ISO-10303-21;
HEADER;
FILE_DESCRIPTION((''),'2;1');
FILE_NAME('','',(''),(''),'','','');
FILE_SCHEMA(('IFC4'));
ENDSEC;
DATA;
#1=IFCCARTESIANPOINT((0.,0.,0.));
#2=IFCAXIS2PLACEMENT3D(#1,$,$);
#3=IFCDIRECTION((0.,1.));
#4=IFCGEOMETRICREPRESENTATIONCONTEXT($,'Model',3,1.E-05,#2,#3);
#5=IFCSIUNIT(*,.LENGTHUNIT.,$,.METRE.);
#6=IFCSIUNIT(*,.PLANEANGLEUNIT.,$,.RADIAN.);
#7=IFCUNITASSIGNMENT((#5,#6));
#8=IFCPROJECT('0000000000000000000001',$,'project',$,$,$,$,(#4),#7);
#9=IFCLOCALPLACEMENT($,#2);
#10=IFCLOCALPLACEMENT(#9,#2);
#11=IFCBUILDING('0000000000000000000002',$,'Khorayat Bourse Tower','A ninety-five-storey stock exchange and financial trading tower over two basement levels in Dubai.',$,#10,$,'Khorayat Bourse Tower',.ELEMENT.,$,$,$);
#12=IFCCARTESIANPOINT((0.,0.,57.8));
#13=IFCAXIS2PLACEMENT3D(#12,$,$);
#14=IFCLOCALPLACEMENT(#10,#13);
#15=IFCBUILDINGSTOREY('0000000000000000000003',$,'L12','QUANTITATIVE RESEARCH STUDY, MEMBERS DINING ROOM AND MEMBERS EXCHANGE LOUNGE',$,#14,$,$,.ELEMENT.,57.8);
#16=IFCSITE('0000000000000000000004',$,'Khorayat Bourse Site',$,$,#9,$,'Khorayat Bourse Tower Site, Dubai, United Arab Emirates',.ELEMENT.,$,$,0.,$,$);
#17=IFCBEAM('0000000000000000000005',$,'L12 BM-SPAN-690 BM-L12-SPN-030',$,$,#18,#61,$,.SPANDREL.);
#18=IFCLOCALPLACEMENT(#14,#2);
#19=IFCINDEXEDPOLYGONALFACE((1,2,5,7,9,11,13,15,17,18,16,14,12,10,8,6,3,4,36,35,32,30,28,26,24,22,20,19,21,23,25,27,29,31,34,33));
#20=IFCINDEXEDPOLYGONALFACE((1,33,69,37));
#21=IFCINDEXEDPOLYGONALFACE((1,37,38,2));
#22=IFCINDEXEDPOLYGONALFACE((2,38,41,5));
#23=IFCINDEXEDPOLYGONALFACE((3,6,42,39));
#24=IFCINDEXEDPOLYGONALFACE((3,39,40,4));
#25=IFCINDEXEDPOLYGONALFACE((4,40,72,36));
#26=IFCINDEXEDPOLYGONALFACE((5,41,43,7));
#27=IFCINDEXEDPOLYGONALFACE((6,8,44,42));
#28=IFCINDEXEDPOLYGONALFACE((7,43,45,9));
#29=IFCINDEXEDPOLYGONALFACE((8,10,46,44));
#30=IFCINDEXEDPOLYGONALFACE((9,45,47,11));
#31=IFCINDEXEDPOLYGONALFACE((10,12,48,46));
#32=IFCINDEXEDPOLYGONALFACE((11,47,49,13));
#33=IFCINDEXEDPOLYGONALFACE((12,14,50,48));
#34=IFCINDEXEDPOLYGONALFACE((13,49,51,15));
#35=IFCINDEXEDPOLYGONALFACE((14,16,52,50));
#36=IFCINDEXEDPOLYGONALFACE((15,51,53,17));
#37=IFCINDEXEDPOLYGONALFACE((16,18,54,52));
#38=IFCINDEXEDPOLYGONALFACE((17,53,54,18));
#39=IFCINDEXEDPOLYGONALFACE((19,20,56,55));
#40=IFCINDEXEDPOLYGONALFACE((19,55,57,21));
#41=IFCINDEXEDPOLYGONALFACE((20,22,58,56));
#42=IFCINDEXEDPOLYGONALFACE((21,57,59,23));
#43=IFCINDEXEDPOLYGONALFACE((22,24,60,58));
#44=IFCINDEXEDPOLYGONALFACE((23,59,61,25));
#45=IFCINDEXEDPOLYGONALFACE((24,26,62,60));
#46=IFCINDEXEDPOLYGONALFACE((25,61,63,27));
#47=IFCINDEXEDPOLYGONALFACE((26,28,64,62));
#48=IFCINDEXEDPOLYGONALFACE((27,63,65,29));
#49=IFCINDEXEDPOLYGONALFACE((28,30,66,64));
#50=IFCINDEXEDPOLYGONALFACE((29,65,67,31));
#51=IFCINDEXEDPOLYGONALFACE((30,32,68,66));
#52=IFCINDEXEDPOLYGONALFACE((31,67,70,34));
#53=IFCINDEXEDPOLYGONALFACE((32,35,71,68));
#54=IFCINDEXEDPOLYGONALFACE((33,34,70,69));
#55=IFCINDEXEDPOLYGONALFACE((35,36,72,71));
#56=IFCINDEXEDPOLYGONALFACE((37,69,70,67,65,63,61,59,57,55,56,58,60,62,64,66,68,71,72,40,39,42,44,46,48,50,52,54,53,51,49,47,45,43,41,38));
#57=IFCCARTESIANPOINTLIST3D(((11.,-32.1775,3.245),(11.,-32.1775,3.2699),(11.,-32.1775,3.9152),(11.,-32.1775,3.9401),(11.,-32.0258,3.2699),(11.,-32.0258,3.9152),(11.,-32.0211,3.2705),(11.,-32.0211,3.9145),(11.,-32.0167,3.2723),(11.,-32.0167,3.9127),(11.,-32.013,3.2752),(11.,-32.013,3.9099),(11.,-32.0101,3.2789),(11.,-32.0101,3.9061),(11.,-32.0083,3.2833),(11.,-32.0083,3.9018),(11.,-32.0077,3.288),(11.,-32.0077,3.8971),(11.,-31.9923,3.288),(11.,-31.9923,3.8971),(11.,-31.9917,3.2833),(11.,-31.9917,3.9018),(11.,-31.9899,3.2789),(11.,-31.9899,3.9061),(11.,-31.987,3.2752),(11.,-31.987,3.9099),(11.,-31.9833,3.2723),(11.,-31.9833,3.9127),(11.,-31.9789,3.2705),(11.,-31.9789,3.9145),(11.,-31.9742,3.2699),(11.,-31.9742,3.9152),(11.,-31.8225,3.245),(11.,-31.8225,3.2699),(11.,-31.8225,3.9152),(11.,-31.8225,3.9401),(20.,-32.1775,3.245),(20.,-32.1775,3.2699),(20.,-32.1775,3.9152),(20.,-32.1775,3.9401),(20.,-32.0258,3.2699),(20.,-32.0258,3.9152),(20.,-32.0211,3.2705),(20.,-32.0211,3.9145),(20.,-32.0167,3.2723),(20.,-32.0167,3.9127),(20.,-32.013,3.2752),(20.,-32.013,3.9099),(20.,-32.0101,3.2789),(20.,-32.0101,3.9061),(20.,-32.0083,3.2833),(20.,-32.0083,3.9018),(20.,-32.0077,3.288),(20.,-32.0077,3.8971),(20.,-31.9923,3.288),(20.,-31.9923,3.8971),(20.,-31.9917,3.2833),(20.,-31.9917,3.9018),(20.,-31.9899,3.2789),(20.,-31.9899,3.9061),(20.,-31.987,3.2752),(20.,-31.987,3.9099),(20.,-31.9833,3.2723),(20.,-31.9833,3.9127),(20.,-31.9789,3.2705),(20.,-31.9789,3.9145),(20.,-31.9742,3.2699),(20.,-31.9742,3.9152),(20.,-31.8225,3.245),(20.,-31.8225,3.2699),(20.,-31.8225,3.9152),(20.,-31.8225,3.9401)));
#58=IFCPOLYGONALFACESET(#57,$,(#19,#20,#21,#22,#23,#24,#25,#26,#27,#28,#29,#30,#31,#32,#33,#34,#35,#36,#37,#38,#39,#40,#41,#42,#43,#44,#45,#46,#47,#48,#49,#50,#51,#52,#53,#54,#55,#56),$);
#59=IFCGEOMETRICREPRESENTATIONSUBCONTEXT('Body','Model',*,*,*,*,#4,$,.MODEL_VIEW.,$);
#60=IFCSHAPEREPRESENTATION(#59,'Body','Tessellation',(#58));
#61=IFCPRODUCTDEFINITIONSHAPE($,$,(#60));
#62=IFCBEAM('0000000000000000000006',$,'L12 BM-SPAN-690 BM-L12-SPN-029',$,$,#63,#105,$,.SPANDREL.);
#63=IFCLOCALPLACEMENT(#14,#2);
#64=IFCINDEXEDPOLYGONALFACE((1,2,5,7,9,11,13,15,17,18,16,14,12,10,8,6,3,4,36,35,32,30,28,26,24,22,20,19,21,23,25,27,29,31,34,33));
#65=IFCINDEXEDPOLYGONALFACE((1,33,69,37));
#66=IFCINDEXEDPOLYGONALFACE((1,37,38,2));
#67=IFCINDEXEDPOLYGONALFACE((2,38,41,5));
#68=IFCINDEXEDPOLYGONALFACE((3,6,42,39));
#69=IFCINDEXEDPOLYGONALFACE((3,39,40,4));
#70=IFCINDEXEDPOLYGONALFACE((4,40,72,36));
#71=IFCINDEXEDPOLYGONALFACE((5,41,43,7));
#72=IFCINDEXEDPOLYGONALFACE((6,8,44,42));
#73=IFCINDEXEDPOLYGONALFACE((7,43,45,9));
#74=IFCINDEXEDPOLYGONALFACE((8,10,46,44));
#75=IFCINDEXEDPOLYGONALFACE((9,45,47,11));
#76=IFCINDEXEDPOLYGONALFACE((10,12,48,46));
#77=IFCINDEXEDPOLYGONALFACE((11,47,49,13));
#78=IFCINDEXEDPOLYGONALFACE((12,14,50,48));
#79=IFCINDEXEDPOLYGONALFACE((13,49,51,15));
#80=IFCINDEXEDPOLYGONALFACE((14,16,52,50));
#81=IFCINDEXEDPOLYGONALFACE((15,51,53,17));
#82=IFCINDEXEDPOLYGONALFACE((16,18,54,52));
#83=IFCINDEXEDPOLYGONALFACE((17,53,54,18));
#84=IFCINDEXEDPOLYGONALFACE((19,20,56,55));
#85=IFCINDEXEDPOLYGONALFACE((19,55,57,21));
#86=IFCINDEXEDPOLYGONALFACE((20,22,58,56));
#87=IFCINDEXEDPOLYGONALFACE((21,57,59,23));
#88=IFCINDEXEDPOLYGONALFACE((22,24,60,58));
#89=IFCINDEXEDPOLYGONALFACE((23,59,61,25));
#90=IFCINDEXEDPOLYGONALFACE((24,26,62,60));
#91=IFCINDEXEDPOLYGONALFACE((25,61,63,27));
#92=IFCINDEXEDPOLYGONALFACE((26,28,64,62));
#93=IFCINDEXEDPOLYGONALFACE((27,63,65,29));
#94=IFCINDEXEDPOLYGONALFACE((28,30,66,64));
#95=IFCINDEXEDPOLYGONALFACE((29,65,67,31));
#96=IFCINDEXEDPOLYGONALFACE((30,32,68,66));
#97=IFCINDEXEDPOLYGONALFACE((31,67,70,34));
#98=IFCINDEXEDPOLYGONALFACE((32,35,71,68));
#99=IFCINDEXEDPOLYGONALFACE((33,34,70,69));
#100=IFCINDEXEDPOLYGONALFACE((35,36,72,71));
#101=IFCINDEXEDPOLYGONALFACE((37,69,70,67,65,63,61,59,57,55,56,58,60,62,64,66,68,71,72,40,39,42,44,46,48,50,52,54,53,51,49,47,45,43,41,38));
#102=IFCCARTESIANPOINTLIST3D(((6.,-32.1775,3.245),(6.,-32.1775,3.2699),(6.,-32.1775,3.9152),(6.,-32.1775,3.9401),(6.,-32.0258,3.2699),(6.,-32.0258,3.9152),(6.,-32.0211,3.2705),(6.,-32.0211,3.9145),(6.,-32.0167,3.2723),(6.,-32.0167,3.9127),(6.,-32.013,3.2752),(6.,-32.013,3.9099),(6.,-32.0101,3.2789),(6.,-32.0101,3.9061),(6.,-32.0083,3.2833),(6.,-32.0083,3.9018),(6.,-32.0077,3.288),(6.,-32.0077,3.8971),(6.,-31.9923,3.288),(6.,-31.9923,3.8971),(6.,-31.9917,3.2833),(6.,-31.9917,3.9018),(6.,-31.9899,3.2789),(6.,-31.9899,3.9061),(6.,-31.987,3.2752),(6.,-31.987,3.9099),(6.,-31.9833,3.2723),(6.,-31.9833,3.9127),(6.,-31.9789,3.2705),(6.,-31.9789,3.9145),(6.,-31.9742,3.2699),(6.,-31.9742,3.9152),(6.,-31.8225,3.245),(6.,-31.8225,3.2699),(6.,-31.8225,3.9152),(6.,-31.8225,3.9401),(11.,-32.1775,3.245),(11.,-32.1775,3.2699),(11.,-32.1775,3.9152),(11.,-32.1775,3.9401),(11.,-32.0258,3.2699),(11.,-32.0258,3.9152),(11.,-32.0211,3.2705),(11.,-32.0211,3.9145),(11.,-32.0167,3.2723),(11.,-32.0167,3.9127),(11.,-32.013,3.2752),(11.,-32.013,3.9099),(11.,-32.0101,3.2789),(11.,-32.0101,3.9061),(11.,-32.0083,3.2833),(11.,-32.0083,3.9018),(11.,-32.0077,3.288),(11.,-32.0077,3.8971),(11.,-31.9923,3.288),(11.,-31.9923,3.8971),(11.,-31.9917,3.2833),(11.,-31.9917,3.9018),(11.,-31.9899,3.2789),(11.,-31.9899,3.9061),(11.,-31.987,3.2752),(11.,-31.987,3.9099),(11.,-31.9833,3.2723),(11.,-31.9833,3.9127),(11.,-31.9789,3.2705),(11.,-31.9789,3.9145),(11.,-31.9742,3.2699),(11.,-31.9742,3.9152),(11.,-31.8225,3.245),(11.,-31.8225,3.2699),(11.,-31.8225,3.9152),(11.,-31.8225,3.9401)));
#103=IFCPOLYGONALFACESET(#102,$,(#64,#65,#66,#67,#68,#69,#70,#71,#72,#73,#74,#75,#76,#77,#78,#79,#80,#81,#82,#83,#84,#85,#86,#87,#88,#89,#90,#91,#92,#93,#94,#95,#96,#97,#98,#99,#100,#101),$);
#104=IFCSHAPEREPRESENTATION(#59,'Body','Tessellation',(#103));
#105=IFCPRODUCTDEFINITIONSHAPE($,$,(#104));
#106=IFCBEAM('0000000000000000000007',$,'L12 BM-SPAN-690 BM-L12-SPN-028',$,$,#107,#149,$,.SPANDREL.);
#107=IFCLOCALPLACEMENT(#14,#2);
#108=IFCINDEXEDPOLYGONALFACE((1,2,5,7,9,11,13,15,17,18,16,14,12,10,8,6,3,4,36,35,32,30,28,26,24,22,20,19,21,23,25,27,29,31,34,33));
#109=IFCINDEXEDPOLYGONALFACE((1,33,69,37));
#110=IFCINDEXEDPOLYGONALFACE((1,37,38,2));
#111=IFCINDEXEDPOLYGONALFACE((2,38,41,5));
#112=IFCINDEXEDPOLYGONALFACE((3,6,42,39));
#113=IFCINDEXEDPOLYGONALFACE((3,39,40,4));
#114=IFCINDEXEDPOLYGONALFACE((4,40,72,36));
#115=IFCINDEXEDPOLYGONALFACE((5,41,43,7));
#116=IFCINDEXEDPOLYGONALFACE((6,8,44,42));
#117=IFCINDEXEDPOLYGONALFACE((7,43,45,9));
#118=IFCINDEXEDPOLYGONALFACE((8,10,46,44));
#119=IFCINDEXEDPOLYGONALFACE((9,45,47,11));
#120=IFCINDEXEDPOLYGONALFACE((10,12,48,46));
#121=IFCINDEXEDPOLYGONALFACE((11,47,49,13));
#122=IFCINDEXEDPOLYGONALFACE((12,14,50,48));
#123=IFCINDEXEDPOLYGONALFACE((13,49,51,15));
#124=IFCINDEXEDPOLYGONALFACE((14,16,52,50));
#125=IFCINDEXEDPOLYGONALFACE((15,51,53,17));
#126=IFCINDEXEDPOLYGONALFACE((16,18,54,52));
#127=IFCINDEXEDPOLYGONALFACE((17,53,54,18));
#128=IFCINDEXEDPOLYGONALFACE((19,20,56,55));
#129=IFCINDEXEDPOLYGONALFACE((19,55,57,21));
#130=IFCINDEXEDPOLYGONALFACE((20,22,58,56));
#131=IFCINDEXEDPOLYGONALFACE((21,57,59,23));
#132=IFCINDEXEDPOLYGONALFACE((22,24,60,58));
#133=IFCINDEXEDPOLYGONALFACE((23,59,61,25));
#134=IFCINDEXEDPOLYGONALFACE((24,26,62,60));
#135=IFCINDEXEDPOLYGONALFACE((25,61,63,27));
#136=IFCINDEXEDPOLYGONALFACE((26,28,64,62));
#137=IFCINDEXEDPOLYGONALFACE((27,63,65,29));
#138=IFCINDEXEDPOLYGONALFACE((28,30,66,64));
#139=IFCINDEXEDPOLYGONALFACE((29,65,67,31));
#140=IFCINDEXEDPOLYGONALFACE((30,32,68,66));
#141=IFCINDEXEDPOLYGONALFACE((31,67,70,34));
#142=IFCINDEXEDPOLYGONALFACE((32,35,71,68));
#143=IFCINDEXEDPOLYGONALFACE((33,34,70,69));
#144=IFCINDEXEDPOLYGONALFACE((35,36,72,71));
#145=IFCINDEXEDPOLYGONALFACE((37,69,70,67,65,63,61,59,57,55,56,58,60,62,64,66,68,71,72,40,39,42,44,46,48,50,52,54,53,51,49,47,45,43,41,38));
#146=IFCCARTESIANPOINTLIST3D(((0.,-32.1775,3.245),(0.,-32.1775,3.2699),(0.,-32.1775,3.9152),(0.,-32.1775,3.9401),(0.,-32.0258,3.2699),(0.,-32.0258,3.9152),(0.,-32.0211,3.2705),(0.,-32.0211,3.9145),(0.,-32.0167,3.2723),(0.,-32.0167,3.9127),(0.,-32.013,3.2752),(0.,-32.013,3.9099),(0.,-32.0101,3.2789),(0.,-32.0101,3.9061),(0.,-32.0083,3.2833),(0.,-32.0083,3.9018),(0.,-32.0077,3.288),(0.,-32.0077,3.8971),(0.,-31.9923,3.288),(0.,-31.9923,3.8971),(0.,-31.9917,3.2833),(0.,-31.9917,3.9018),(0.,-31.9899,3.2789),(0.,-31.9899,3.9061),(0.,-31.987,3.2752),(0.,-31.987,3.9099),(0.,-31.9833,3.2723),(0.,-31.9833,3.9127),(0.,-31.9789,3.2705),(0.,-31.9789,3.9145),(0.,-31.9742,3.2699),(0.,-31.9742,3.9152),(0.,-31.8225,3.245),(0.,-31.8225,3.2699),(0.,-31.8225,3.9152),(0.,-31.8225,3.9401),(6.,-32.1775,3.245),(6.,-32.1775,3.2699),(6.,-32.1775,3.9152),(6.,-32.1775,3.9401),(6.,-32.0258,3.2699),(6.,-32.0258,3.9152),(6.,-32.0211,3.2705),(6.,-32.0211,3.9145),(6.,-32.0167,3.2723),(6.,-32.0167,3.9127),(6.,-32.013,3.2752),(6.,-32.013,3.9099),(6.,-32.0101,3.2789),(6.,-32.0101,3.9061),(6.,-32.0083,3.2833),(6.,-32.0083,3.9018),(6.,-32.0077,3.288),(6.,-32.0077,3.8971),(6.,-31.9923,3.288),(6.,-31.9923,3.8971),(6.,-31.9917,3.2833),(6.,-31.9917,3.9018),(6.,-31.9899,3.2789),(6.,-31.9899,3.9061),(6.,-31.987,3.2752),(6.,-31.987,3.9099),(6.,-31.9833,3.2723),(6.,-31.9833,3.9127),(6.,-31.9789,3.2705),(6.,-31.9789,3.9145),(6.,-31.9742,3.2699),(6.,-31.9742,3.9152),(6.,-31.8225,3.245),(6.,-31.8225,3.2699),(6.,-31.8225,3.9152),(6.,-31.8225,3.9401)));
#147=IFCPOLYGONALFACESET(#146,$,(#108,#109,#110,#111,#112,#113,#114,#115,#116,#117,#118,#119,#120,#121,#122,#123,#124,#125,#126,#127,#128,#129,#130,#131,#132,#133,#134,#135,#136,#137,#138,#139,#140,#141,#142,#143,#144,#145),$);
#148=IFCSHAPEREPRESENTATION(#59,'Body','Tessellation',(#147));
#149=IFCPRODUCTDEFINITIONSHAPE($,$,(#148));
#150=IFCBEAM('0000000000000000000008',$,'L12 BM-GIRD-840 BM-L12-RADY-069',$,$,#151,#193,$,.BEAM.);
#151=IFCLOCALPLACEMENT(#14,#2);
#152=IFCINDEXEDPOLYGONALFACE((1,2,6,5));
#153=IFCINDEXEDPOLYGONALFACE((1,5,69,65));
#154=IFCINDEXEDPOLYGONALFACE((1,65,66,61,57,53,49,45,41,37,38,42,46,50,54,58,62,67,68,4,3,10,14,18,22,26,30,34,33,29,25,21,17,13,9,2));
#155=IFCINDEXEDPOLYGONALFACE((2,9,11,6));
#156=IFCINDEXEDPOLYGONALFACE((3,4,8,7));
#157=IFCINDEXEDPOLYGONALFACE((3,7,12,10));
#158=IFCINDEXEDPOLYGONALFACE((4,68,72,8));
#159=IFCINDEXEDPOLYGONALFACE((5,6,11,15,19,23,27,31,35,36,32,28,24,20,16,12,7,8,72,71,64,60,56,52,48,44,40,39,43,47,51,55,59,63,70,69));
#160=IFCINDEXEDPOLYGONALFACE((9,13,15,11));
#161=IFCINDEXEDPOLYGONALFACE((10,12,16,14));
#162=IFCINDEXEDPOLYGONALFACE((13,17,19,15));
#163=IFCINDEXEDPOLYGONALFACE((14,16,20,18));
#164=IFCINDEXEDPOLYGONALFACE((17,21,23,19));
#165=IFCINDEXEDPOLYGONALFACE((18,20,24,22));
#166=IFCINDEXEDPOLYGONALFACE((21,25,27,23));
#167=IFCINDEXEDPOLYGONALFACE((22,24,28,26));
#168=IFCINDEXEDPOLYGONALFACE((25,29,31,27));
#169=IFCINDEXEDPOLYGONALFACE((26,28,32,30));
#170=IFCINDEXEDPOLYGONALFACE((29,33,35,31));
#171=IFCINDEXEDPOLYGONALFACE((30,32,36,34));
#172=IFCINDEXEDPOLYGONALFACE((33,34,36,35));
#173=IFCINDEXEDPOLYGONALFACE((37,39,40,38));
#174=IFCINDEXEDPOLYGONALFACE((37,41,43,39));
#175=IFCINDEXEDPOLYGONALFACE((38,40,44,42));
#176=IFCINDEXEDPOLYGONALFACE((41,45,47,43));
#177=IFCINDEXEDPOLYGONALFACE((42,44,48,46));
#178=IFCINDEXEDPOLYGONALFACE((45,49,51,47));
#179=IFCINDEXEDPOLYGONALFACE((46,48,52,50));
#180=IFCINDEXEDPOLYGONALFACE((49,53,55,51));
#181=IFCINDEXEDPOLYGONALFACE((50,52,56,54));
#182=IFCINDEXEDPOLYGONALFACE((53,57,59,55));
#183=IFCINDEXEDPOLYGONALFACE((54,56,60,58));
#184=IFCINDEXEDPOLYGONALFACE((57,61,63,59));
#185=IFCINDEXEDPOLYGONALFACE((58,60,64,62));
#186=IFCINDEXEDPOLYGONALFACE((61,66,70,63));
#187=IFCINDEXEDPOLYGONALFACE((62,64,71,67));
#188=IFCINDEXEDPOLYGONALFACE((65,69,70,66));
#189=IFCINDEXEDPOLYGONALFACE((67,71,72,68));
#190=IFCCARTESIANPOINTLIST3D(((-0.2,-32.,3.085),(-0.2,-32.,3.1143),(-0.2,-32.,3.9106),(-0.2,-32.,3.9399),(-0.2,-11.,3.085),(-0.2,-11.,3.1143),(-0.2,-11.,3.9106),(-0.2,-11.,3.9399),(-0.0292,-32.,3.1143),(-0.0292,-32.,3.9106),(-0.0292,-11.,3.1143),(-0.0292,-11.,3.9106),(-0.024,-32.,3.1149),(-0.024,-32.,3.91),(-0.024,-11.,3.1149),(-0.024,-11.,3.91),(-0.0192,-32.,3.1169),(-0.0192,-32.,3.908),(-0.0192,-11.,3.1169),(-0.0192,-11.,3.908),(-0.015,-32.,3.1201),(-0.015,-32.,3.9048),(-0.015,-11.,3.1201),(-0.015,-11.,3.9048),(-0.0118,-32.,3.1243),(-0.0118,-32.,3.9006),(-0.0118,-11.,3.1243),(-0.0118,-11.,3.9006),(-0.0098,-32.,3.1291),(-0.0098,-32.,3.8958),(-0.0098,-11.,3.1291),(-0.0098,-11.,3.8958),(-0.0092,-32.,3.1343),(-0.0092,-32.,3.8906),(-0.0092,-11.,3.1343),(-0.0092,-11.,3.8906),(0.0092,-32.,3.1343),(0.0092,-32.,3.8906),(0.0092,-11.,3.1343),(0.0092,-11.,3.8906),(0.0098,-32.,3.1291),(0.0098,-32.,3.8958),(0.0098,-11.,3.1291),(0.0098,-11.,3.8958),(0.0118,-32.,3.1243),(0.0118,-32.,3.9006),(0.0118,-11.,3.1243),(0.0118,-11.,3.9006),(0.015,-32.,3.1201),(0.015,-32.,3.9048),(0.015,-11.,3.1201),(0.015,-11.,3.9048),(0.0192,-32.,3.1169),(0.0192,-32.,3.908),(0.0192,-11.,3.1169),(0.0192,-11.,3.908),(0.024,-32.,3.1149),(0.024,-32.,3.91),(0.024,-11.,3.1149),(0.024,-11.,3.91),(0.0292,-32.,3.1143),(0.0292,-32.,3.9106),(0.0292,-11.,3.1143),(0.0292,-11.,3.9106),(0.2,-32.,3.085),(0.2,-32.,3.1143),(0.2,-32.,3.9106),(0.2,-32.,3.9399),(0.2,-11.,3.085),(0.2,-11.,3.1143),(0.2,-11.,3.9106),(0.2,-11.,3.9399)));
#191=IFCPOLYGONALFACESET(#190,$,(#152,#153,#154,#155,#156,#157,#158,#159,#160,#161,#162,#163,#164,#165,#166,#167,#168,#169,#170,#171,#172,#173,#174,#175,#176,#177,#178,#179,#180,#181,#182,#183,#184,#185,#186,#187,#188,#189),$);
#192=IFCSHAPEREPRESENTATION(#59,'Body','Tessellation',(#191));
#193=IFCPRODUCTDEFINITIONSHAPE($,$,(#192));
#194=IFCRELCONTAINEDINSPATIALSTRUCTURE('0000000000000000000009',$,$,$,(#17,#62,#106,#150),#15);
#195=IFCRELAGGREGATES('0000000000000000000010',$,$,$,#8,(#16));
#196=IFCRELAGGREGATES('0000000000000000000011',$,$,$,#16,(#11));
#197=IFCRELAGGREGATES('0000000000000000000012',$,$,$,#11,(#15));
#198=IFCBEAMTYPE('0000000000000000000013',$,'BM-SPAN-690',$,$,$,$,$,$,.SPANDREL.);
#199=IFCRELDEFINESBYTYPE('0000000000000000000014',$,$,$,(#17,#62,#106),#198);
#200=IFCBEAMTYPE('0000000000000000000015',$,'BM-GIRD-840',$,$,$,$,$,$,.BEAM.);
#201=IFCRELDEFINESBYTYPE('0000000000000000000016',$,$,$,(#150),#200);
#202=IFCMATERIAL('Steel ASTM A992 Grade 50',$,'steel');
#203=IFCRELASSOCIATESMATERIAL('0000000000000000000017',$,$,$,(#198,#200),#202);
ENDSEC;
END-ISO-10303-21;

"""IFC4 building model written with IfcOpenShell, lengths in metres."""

from ifc_helpers import new_model, si_unit, direction, frame, origin, origin_2d, place, context, subcontext, project, spatial, i_section, extrude, source, transform, mapped, material, material_profile, profile_set, type_object, element, save


model = new_model("IFC4")

# Units and contexts
model_context = context("Model", 3, precision=1e-05, world=origin(), true_north=direction((0.0, 1.0)))
body_context = subcontext(model_context, "Body", "Model", "MODEL_VIEW")
ifc_project = project(units=[si_unit("LENGTHUNIT", "METRE"), si_unit("PLANEANGLEUNIT", "RADIAN")], contexts=[model_context])

# Site, building, storey
site_placement = place(None, origin())
site = spatial("IfcSite", under=ifc_project, at=site_placement, Name="Khorayat Bourse Site", LongName="Khorayat Bourse Tower Site, Dubai, United Arab Emirates", CompositionType="ELEMENT", RefElevation=0.0)
building_placement = place(site_placement, origin())
building = spatial("IfcBuilding", under=site, at=building_placement, Name="Khorayat Bourse Tower", Description="A ninety-five-storey stock exchange and financial trading tower over two basement levels in Dubai.", LongName="Khorayat Bourse Tower", CompositionType="ELEMENT")
storey_placement = place(building_placement, frame((0.0, 0.0, 57.8)))
storey = spatial("IfcBuildingStorey", under=building, at=storey_placement, Name="L12", Description="QUANTITATIVE RESEARCH STUDY, MEMBERS DINING ROOM AND MEMBERS EXCHANGE LOUNGE", CompositionType="ELEMENT", Elevation=57.8)

# Beams
ifc_material_1 = material(Name="Steel ASTM A992 Grade 50", Category="steel")
ifc_material_profile_1 = material_profile(ifc_material_1, i_section(OverallWidth=0.355, OverallDepth=0.6951, WebThickness=0.0154, FlangeThickness=0.0249, FilletRadius=0.0181, at=origin_2d()), Name="W690X217")
ifc_profile_set_1 = profile_set([ifc_material_profile_1], Name="Steel ASTM A992 Grade 50")
beam_type_1 = type_object("IfcBeamType", Name="BM-SPAN-690", PredefinedType="SPANDREL", material=ifc_profile_set_1)
shared_shape_1 = source(origin(), body_context, "Body", "SweptSolid", [
    extrude(i_section(OverallWidth=0.355, OverallDepth=0.6951, WebThickness=0.0154, FlangeThickness=0.0249, FilletRadius=0.0181, at=origin_2d()), origin(), (0.0, 0.0, 1.0), 9.0),
])
beam_1_placement = place(storey_placement, frame((11.0, -32.0, 3.5925), z_axis=(1.0, 0.0, 0.0), x_axis=(0.0, 1.0, 0.0)))
element("IfcBeam", 1, at=beam_1_placement, inside=storey, type_object=beam_type_1, Name="L12 BM-SPAN-690 BM-L12-SPN-030", PredefinedType="SPANDREL", context=body_context, shape_type="MappedRepresentation", body=[
    mapped(shared_shape_1, transform((0.0, 0.0, 0.0), scale=1.0)),
])
shared_shape_2 = source(origin(), body_context, "Body", "SweptSolid", [
    extrude(i_section(OverallWidth=0.355, OverallDepth=0.6951, WebThickness=0.0154, FlangeThickness=0.0249, FilletRadius=0.0181, at=origin_2d()), origin(), (0.0, 0.0, 1.0), 5.0),
])
beam_2_placement = place(storey_placement, frame((6.0, -32.0, 3.5925), z_axis=(1.0, 0.0, 0.0), x_axis=(0.0, 1.0, 0.0)))
element("IfcBeam", 2, at=beam_2_placement, inside=storey, type_object=beam_type_1, Name="L12 BM-SPAN-690 BM-L12-SPN-029", PredefinedType="SPANDREL", context=body_context, shape_type="MappedRepresentation", body=[
    mapped(shared_shape_2, transform((0.0, 0.0, 0.0), scale=1.0)),
])
shared_shape_3 = source(origin(), body_context, "Body", "SweptSolid", [
    extrude(i_section(OverallWidth=0.355, OverallDepth=0.6951, WebThickness=0.0154, FlangeThickness=0.0249, FilletRadius=0.0181, at=origin_2d()), origin(), (0.0, 0.0, 1.0), 6.0),
])
beam_3_placement = place(storey_placement, frame((0.0, -32.0, 3.5925), z_axis=(1.0, 0.0, 0.0), x_axis=(0.0, 1.0, 0.0)))
element("IfcBeam", 3, at=beam_3_placement, inside=storey, type_object=beam_type_1, Name="L12 BM-SPAN-690 BM-L12-SPN-028", PredefinedType="SPANDREL", context=body_context, shape_type="MappedRepresentation", body=[
    mapped(shared_shape_3, transform((0.0, 0.0, 0.0), scale=1.0)),
])
ifc_material_profile_2 = material_profile(ifc_material_1, i_section(OverallWidth=0.3999, OverallDepth=0.855, WebThickness=0.0183, FlangeThickness=0.0293, FilletRadius=0.02, at=origin_2d()), Name="W840X299")
ifc_profile_set_2 = profile_set([ifc_material_profile_2], Name="Steel ASTM A992 Grade 50")
beam_type_2 = type_object("IfcBeamType", Name="BM-GIRD-840", PredefinedType="BEAM", material=ifc_profile_set_2)
shared_shape_4 = source(origin(), body_context, "Body", "SweptSolid", [
    extrude(i_section(OverallWidth=0.3999, OverallDepth=0.855, WebThickness=0.0183, FlangeThickness=0.0293, FilletRadius=0.02, at=origin_2d()), origin(), (0.0, 0.0, 1.0), 21.0),
])
for number, where, z_axis, x_axis, name in (
    (4, (0.0, -32.0, 3.5125), (0.0, 1.0, 0.0), (-1.0, 0.0, 0.0), "L12 BM-GIRD-840 BM-L12-RADY-069"),
):
    element("IfcBeam", number, at=place(storey_placement, frame(where, z_axis=z_axis, x_axis=x_axis)), inside=storey, type_object=beam_type_2, Name=name, PredefinedType="BEAM", context=body_context, shape_type="MappedRepresentation", body=[
        mapped(shared_shape_4, transform((0.0, 0.0, 0.0), scale=1.0)),
    ])

save(model, "model.ifc")
